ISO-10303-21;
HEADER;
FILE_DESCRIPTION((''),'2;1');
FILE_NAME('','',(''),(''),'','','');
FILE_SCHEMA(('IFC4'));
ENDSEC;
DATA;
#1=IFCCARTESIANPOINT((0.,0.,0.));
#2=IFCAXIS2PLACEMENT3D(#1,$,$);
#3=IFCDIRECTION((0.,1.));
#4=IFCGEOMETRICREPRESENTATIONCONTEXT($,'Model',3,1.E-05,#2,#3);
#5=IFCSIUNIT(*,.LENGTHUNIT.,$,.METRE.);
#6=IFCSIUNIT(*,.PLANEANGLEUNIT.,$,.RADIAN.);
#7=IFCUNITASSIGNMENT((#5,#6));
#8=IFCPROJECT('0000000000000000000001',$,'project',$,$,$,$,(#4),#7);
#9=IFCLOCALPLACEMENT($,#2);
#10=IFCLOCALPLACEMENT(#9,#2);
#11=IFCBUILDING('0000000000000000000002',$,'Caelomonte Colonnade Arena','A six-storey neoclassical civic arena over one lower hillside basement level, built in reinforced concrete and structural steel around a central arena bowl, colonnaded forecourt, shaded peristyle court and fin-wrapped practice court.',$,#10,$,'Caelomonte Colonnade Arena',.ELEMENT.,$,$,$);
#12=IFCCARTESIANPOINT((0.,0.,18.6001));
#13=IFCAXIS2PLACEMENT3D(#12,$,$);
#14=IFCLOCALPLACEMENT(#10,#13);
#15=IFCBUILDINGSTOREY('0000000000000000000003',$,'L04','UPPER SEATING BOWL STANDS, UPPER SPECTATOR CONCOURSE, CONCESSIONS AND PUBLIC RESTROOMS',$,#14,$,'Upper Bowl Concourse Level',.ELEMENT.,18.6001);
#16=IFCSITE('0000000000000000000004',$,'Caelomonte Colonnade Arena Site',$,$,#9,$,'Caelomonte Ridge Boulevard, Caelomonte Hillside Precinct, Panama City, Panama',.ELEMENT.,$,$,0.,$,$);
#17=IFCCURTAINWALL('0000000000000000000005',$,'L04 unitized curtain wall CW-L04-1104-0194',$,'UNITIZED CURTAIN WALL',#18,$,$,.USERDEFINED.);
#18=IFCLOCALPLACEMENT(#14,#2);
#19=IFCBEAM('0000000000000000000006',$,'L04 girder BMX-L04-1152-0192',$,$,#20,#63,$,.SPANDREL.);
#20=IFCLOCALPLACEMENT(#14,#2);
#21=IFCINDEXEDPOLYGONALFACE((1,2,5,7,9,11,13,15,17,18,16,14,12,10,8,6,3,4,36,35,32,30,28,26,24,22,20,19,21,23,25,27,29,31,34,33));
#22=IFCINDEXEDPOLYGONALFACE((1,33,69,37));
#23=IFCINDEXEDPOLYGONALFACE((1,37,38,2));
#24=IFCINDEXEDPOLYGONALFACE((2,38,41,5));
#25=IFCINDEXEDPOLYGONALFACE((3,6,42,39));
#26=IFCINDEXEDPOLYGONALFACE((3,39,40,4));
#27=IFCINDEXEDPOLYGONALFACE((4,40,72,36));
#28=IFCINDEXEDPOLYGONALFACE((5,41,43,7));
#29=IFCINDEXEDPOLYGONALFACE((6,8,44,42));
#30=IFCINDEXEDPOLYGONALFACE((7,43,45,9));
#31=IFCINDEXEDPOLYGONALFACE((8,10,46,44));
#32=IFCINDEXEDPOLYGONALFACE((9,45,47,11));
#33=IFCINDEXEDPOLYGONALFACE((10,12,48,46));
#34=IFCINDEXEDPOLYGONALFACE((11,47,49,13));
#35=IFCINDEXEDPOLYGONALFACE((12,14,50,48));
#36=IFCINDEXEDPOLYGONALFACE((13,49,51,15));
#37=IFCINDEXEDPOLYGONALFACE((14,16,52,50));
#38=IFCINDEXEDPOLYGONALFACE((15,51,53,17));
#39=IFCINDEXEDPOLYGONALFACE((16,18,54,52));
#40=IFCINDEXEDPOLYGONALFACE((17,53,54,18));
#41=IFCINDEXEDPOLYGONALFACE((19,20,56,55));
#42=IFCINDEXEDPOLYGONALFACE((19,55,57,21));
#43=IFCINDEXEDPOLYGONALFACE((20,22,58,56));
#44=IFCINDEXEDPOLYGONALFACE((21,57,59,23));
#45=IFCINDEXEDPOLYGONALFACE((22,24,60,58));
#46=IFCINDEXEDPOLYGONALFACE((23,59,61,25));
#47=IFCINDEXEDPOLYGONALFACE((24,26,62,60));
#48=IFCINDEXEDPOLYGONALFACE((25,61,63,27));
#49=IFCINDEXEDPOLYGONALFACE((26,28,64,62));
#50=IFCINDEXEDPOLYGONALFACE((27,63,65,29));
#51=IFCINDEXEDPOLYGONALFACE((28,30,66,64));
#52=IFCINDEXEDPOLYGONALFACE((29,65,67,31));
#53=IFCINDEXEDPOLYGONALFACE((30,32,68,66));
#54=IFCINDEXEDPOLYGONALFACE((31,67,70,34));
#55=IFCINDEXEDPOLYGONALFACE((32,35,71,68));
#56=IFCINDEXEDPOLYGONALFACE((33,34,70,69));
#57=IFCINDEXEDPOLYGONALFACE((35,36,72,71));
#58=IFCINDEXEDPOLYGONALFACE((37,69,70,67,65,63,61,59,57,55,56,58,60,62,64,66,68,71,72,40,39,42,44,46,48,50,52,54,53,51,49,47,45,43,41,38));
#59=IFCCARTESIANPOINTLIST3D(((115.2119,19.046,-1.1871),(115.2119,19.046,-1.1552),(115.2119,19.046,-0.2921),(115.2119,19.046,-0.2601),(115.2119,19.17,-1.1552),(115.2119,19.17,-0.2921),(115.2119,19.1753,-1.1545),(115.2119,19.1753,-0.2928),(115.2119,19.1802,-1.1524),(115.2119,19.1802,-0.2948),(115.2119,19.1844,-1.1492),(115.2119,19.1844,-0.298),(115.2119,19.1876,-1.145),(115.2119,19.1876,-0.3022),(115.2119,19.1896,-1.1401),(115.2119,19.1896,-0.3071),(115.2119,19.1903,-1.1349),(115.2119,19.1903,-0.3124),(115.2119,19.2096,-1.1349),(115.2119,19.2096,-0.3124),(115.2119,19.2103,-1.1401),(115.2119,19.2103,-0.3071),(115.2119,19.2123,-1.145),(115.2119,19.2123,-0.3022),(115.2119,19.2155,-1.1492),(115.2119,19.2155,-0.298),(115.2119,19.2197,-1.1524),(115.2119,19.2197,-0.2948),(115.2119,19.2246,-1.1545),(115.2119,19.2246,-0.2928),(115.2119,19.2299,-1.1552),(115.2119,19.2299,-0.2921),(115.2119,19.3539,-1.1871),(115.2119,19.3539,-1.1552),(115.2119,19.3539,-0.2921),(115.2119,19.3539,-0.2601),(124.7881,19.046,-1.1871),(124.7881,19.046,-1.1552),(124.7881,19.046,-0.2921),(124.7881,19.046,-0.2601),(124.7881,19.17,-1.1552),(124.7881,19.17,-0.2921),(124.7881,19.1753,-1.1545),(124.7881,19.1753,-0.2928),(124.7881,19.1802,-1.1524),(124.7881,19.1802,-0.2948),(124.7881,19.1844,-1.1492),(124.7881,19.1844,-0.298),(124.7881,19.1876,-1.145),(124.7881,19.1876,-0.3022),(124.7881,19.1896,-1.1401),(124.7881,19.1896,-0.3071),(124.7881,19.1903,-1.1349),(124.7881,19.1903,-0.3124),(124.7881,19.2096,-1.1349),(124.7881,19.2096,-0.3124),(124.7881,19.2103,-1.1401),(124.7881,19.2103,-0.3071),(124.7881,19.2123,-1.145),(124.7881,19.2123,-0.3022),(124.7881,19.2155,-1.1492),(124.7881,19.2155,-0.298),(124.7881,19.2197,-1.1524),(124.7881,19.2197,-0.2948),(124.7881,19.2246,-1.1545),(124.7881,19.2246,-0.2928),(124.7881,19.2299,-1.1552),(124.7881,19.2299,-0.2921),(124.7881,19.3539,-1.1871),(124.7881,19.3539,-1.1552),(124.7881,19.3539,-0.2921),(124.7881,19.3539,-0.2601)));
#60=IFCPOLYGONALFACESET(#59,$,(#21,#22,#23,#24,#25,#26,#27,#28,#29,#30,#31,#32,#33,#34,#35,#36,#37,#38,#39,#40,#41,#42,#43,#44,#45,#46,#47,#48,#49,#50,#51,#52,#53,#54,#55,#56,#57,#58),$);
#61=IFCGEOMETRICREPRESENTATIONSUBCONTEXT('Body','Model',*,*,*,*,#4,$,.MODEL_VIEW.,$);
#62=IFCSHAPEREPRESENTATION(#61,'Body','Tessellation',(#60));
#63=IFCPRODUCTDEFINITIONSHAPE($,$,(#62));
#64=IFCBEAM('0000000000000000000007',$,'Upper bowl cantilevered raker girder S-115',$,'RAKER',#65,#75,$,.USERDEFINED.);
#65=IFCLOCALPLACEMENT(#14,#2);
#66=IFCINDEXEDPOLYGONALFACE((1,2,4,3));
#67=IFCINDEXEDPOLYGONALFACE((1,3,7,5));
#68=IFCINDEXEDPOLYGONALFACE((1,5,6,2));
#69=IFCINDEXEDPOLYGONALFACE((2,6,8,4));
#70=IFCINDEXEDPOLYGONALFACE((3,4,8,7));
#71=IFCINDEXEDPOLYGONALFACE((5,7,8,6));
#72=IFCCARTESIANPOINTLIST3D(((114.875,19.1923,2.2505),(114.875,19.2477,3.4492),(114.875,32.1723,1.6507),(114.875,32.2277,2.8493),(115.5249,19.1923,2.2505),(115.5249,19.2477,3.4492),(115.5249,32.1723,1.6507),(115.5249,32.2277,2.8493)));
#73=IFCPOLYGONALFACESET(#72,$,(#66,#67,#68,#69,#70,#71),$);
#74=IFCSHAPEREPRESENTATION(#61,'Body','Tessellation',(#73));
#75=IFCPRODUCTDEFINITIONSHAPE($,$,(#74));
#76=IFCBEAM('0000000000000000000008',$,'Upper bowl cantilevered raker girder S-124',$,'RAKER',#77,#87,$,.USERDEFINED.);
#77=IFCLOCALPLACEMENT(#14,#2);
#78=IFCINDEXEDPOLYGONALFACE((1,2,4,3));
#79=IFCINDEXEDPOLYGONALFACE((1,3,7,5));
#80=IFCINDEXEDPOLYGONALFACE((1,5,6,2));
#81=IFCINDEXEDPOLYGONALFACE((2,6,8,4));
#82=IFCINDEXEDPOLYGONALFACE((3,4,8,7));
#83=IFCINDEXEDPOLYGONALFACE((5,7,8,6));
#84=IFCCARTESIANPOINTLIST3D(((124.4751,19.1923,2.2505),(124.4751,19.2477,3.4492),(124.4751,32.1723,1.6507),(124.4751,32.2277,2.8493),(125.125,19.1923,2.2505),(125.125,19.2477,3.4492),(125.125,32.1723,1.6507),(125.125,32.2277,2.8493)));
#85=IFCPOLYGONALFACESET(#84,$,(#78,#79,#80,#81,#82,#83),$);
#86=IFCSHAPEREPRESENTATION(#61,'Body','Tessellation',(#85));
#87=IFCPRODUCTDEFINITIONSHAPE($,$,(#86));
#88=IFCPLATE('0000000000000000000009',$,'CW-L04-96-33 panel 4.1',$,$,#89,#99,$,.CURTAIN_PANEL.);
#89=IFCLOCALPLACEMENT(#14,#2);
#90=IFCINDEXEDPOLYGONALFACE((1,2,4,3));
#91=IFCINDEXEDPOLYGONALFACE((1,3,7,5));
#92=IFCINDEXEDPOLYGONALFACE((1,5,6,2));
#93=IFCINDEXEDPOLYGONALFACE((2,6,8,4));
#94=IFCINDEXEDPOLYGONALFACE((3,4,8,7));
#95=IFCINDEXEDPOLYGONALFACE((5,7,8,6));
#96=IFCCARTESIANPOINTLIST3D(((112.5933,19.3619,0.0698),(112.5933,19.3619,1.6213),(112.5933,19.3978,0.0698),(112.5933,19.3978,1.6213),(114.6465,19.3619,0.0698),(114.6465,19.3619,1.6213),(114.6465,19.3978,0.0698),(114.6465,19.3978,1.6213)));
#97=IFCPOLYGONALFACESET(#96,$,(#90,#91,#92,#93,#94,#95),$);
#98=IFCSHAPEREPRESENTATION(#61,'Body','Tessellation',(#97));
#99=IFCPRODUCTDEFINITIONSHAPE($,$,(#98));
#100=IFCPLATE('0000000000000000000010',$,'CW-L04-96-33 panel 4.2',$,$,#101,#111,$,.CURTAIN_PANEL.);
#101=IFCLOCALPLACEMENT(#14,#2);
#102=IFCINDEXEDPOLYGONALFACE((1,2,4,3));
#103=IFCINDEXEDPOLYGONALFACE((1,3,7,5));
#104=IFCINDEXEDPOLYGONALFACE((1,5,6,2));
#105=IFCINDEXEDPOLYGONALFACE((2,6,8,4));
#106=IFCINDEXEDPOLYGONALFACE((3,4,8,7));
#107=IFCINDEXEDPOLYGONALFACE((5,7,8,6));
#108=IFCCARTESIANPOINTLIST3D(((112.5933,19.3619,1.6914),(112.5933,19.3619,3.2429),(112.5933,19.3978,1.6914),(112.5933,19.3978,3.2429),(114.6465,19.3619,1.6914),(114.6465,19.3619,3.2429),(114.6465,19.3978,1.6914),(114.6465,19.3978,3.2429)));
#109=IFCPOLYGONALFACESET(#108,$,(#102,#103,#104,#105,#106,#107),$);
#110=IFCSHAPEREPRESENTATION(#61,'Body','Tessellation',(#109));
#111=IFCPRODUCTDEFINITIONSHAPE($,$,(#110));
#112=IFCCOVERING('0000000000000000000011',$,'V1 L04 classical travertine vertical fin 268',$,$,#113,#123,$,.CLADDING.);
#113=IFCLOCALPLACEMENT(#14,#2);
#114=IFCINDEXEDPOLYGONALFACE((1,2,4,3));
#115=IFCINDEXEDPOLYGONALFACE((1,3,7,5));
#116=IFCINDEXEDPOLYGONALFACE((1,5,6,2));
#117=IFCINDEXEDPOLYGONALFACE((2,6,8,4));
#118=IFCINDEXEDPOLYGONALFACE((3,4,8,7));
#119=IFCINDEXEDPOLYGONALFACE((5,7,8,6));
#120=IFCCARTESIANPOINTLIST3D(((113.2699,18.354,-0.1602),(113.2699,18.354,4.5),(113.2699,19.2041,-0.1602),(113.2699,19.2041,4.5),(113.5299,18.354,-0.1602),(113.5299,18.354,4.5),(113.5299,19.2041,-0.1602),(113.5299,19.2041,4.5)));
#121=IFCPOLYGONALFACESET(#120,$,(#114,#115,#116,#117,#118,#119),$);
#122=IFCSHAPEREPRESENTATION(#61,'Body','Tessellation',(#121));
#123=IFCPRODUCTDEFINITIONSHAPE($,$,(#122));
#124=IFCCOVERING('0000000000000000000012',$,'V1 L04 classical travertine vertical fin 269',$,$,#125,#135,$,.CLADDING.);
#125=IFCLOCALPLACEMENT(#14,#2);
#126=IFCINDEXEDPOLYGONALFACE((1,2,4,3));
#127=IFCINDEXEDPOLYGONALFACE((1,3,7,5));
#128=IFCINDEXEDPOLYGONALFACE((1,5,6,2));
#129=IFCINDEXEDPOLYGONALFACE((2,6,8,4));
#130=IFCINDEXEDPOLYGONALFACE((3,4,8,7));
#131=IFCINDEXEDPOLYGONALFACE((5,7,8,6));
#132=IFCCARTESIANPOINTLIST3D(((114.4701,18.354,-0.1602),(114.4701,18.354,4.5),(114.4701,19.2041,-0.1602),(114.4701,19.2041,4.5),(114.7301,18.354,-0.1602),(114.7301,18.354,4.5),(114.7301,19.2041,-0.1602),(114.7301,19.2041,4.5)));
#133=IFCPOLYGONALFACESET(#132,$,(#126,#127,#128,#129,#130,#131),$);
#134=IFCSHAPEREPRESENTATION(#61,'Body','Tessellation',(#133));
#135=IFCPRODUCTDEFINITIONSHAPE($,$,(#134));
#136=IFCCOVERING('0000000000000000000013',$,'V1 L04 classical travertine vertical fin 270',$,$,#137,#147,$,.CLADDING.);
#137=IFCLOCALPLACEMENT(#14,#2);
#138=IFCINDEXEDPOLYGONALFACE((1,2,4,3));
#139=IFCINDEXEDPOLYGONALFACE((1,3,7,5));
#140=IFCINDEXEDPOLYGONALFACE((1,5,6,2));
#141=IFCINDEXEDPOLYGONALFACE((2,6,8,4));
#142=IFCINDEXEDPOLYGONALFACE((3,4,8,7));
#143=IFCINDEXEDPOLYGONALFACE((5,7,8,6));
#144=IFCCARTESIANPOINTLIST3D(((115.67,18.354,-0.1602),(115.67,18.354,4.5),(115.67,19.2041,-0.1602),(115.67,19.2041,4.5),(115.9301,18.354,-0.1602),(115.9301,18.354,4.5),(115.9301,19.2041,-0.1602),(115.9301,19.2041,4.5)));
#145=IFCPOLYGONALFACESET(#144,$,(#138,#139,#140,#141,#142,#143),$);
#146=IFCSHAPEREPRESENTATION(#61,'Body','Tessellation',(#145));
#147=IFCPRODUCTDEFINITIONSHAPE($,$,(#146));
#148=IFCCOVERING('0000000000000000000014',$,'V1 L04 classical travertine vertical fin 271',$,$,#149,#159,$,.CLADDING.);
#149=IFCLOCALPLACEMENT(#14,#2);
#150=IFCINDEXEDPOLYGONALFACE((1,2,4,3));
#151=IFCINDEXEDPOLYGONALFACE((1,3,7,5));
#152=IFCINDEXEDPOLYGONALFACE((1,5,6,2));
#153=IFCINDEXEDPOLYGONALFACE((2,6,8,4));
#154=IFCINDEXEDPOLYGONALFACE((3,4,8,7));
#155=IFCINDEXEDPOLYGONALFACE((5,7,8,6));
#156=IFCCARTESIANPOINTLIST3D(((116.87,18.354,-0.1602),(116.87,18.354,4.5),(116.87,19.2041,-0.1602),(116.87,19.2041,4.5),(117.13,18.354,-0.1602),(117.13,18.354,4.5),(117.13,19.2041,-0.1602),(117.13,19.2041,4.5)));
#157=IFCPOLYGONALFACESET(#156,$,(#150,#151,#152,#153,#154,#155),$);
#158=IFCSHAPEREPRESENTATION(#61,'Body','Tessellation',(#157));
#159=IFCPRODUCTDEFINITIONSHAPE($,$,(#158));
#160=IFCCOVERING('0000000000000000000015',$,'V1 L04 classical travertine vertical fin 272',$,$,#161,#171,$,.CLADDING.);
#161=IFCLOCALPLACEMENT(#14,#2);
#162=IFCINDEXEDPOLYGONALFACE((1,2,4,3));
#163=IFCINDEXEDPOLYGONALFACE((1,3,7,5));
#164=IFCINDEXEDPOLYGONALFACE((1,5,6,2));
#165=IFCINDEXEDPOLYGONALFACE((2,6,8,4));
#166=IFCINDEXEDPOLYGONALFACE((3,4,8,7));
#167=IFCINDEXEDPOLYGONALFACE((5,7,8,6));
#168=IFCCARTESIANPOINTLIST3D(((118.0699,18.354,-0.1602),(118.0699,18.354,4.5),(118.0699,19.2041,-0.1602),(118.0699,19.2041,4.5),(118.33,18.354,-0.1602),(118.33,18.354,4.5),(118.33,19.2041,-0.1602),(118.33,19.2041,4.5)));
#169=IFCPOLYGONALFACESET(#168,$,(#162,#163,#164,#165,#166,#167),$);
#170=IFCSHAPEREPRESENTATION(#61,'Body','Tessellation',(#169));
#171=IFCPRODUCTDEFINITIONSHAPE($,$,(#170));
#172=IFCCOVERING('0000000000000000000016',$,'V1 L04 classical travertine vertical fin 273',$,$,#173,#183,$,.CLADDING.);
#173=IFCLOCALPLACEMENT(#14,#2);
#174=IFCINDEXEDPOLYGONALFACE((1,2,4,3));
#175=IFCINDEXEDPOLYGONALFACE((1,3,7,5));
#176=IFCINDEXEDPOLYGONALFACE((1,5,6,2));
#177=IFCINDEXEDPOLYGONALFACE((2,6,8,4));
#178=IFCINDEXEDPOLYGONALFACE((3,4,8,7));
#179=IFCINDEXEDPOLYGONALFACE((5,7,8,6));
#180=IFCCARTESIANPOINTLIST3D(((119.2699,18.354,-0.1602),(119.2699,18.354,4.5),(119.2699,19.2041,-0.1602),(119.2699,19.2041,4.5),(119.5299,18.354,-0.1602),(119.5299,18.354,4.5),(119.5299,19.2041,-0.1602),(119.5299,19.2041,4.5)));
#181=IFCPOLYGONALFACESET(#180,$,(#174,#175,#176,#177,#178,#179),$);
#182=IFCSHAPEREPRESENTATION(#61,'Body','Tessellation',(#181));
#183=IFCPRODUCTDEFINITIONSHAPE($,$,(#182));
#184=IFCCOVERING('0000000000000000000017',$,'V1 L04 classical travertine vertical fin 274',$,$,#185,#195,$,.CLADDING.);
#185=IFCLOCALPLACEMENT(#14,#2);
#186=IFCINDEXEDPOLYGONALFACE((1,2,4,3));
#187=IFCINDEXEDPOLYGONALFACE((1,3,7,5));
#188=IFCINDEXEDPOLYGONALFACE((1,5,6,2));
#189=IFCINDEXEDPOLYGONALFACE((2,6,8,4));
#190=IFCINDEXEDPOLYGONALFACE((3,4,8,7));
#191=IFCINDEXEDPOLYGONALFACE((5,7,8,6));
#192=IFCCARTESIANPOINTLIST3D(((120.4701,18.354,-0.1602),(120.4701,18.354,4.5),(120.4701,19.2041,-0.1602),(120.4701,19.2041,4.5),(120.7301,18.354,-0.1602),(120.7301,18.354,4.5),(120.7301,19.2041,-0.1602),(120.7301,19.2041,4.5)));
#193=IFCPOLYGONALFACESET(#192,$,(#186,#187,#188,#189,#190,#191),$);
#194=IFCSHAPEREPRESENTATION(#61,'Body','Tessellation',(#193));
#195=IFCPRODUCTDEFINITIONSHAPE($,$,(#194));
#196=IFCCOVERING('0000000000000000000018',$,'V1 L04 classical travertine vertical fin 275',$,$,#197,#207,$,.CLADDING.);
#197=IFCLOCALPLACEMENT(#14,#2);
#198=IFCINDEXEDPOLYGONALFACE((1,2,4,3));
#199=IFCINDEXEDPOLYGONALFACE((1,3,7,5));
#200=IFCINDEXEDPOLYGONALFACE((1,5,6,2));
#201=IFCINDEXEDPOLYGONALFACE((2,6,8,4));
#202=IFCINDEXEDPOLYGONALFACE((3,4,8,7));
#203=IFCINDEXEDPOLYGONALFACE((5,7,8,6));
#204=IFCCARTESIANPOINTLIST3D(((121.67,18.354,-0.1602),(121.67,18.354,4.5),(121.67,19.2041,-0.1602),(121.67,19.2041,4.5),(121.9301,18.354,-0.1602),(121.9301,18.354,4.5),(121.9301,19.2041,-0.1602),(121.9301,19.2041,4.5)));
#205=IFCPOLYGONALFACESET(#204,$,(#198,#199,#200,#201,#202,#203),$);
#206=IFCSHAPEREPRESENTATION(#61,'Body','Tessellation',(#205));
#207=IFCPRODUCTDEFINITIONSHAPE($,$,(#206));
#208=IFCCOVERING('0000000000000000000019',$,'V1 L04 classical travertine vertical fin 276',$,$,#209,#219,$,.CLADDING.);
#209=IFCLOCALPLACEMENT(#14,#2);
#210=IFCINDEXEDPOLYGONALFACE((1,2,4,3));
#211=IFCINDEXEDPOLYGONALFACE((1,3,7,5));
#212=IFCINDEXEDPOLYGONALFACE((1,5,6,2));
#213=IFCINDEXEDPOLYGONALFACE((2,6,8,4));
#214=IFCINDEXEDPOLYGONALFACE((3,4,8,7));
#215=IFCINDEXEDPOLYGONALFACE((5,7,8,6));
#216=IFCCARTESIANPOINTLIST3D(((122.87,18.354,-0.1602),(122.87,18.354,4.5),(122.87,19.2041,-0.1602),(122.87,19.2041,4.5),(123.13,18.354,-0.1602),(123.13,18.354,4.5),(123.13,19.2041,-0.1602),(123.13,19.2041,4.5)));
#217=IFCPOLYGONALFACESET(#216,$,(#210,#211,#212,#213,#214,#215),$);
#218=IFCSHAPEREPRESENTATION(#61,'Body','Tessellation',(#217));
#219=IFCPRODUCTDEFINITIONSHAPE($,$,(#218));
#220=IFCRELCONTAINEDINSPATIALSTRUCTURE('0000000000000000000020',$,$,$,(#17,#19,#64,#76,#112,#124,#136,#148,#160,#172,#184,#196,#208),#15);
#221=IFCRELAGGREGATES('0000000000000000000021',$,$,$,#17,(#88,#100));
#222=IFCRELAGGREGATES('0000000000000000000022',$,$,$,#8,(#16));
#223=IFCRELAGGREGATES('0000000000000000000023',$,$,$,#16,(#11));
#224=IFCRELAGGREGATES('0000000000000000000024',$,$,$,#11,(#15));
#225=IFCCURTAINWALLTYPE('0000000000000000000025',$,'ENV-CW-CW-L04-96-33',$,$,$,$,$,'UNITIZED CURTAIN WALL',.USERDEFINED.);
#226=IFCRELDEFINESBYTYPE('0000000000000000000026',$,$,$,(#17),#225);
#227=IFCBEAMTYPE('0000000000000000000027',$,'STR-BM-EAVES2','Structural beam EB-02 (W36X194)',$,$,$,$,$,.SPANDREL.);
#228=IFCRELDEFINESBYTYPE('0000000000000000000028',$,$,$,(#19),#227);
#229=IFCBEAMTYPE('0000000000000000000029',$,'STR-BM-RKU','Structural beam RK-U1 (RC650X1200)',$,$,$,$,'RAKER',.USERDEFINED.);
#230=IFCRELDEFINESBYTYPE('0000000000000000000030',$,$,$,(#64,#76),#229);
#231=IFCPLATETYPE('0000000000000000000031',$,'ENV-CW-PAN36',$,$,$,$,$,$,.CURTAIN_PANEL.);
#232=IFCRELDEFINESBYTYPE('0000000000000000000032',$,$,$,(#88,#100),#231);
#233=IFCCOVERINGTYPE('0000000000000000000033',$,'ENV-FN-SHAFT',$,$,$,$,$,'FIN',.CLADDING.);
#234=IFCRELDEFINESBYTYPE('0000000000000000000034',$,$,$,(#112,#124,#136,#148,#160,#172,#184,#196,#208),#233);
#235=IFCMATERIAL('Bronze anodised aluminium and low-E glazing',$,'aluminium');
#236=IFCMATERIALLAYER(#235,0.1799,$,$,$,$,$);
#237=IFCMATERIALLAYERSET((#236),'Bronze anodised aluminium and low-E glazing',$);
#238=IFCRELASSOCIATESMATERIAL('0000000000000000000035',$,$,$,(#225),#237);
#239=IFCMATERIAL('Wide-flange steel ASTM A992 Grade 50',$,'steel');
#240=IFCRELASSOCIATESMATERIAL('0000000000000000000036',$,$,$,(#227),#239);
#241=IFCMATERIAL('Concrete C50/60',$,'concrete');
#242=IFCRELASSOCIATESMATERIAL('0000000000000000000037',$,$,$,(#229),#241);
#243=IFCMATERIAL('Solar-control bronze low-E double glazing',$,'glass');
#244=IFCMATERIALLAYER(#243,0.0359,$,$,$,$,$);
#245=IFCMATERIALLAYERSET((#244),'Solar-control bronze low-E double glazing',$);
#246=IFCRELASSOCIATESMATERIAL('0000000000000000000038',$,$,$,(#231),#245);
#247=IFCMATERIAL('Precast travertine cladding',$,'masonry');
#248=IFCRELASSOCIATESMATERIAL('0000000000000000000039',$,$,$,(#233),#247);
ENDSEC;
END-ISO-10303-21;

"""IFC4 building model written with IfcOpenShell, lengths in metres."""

from ifc_helpers import new_model, si_unit, direction, frame, origin, origin_2d, place, context, subcontext, project, spatial, rectangle, i_section, extrude, material, layer, layer_set, material_profile, profile_set, type_object, element, aggregate, save


model = new_model("IFC4")

# Units and contexts
model_context = context("Model", 3, precision=1e-05, world=origin(), true_north=direction((0.0, 1.0)))
body_context = subcontext(model_context, "Body", "Model", "MODEL_VIEW")
ifc_project = project(units=[si_unit("LENGTHUNIT", "METRE"), si_unit("PLANEANGLEUNIT", "RADIAN")], contexts=[model_context])

# Site, building, storey
site_placement = place(None, origin())
site = spatial("IfcSite", under=ifc_project, at=site_placement, Name="Caelomonte Colonnade Arena Site", LongName="Caelomonte Ridge Boulevard, Caelomonte Hillside Precinct, Panama City, Panama", CompositionType="ELEMENT", RefElevation=0.0)
building_placement = place(site_placement, origin())
building = spatial("IfcBuilding", under=site, at=building_placement, Name="Caelomonte Colonnade Arena", Description="A six-storey neoclassical civic arena over one lower hillside basement level, built in reinforced concrete and structural steel around a central arena bowl, colonnaded forecourt, shaded peristyle court and fin-wrapped practice court.", LongName="Caelomonte Colonnade Arena", CompositionType="ELEMENT")
storey_placement = place(building_placement, frame((0.0, 0.0, 18.6001)))
storey = spatial("IfcBuildingStorey", under=building, at=storey_placement, Name="L04", Description="UPPER SEATING BOWL STANDS, UPPER SPECTATOR CONCOURSE, CONCESSIONS AND PUBLIC RESTROOMS", LongName="Upper Bowl Concourse Level", CompositionType="ELEMENT", Elevation=18.6001)

# Shared definitions
ifc_material_1 = material(Name="Wide-flange steel ASTM A992 Grade 50", Category="steel")

# Curtain wall
ifc_material_2 = material(Name="Bronze anodised aluminium and low-E glazing", Category="aluminium")
ifc_layer_1 = layer(ifc_material_2, 0.1799)
ifc_layer_set_1 = layer_set([ifc_layer_1], Name="Bronze anodised aluminium and low-E glazing")
curtain_wall_type = type_object("IfcCurtainWallType", Name="ENV-CW-CW-L04-96-33", ElementType="UNITIZED CURTAIN WALL", PredefinedType="USERDEFINED", material=ifc_layer_set_1)
curtain_wall_1_placement = place(storey_placement, origin())
curtain_wall_1 = element("IfcCurtainWall", 1, at=curtain_wall_1_placement, inside=storey, type_object=curtain_wall_type, Name="L04 unitized curtain wall CW-L04-1104-0194", ObjectType="UNITIZED CURTAIN WALL", PredefinedType="USERDEFINED")

# Beams
ifc_material_profile_1 = material_profile(ifc_material_1, i_section(OverallWidth=0.3079, OverallDepth=0.927, WebThickness=0.0193, FlangeThickness=0.032, FilletRadius=0.0203, at=origin_2d()), Name="W36X194")
ifc_profile_set_1 = profile_set([ifc_material_profile_1], Name="Wide-flange steel ASTM A992 Grade 50")
beam_type_1 = type_object("IfcBeamType", Name="STR-BM-EAVES2", Description="Structural beam EB-02 (W36X194)", PredefinedType="SPANDREL", material=ifc_profile_set_1)
beam_placement = place(storey_placement, frame((115.2119, 19.2, -0.7236), z_axis=(1.0, 0.0, 0.0), x_axis=(0.0, 1.0, 0.0)))
element("IfcBeam", 2, at=beam_placement, inside=storey, type_object=beam_type_1, Name="L04 girder BMX-L04-1152-0192", PredefinedType="SPANDREL", context=body_context, shape_type="SweptSolid", body=[
    extrude(i_section(OverallWidth=0.3079, OverallDepth=0.927, WebThickness=0.0193, FlangeThickness=0.032, FilletRadius=0.0203, at=origin_2d()), origin(), (0.0, 0.0, 1.0), 9.5762),
])
ifc_material_3 = material(Name="Concrete C50/60", Category="concrete")
ifc_material_profile_2 = material_profile(ifc_material_3, rectangle(XDim=0.6499, YDim=1.2, at=origin_2d()), Name="RC650X1200")
ifc_profile_set_2 = profile_set([ifc_material_profile_2], Name="Concrete C50/60")
beam_type_2 = type_object("IfcBeamType", Name="STR-BM-RKU", Description="Structural beam RK-U1 (RC650X1200)", ElementType="RAKER", PredefinedType="USERDEFINED", material=ifc_profile_set_2)
for number, where, z_axis, x_axis, name in (
    (3, (115.2, 19.22, 2.8499), (0.0, 0.998934, -0.046164), (-1.0, 0.0, 0.0), "Upper bowl cantilevered raker girder S-115"),
    (4, (124.8, 19.22, 2.8499), (0.0, 0.998934, -0.046164), (-1.0, 0.0, 0.0), "Upper bowl cantilevered raker girder S-124"),
):
    element("IfcBeam", number, at=place(storey_placement, frame(where, z_axis=z_axis, x_axis=x_axis)), inside=storey, type_object=beam_type_2, Name=name, ObjectType="RAKER", PredefinedType="USERDEFINED", context=body_context, shape_type="SweptSolid", body=[
        extrude(rectangle(XDim=0.6499, YDim=1.2, at=origin_2d()), origin(), (0.0, 0.0, 1.0), 12.9939),
    ])

# Plates
ifc_material_4 = material(Name="Solar-control bronze low-E double glazing", Category="glass")
ifc_layer_2 = layer(ifc_material_4, 0.0359)
ifc_layer_set_2 = layer_set([ifc_layer_2], Name="Solar-control bronze low-E double glazing")
plate_type = type_object("IfcPlateType", Name="ENV-CW-PAN36", PredefinedType="CURTAIN_PANEL", material=ifc_layer_set_2)
plate_1_placement = place(storey_placement, frame((113.6199, 19.3799, 0.0698), z_axis=(0.0, 0.0, 1.0), x_axis=(1.0, 0.0, 0.0)))
plate_1 = element("IfcPlate", 5, at=plate_1_placement, type_object=plate_type, Name="CW-L04-96-33 panel 4.1", PredefinedType="CURTAIN_PANEL", context=body_context, shape_type="SweptSolid", body=[
    extrude(rectangle(XDim=2.0532, YDim=0.0359, at=origin_2d()), origin(), (0.0, 0.0, 1.0), 1.5515),
])
plate_2_placement = place(storey_placement, frame((113.6199, 19.3799, 1.6914), z_axis=(0.0, 0.0, 1.0), x_axis=(1.0, 0.0, 0.0)))
plate_2 = element("IfcPlate", 6, at=plate_2_placement, type_object=plate_type, Name="CW-L04-96-33 panel 4.2", PredefinedType="CURTAIN_PANEL", context=body_context, shape_type="SweptSolid", body=[
    extrude(rectangle(XDim=2.0532, YDim=0.0359, at=origin_2d()), origin(), (0.0, 0.0, 1.0), 1.5515),
])
aggregate(curtain_wall_1, [plate_1, plate_2])

# Coverings
ifc_material_5 = material(Name="Precast travertine cladding", Category="masonry")
ifc_material_profile_3 = material_profile(ifc_material_5, rectangle(XDim=0.26, YDim=0.8501, at=origin_2d()), Name="FIN260X850")
ifc_profile_set_3 = profile_set([ifc_material_profile_3], Name="Precast travertine cladding")
covering_type = type_object("IfcCoveringType", Name="ENV-FN-SHAFT", ElementType="FIN", PredefinedType="CLADDING", material=ifc_profile_set_3)
for number, where, z_axis, x_axis, name in (
    (7, (113.3999, 18.7791, -0.1602), (0.0, 0.0, 1.0), (-1.0, 0.0, 0.0), "V1 L04 classical travertine vertical fin 268"),
    (8, (114.6001, 18.7791, -0.1602), (0.0, 0.0, 1.0), (-1.0, 0.0, 0.0), "V1 L04 classical travertine vertical fin 269"),
    (9, (115.8, 18.7791, -0.1602), (0.0, 0.0, 1.0), (-1.0, 0.0, 0.0), "V1 L04 classical travertine vertical fin 270"),
    (10, (117.0, 18.7791, -0.1602), (0.0, 0.0, 1.0), (-1.0, 0.0, 0.0), "V1 L04 classical travertine vertical fin 271"),
    (11, (118.2, 18.7791, -0.1602), (0.0, 0.0, 1.0), (-1.0, 0.0, 0.0), "V1 L04 classical travertine vertical fin 272"),
    (12, (119.3999, 18.7791, -0.1602), (0.0, 0.0, 1.0), (-1.0, 0.0, 0.0), "V1 L04 classical travertine vertical fin 273"),
    (13, (120.6001, 18.7791, -0.1602), (0.0, 0.0, 1.0), (-1.0, 0.0, 0.0), "V1 L04 classical travertine vertical fin 274"),
    (14, (121.8, 18.7791, -0.1602), (0.0, 0.0, 1.0), (-1.0, 0.0, 0.0), "V1 L04 classical travertine vertical fin 275"),
    (15, (123.0, 18.7791, -0.1602), (0.0, 0.0, 1.0), (-1.0, 0.0, 0.0), "V1 L04 classical travertine vertical fin 276"),
):
    element("IfcCovering", number, at=place(storey_placement, frame(where, z_axis=z_axis, x_axis=x_axis)), inside=storey, type_object=covering_type, Name=name, PredefinedType="CLADDING", context=body_context, shape_type="SweptSolid", body=[
        extrude(rectangle(XDim=0.26, YDim=0.8501, at=origin_2d()), origin(), (0.0, 0.0, 1.0), 4.6602),
    ])

save(model, "model.ifc")
